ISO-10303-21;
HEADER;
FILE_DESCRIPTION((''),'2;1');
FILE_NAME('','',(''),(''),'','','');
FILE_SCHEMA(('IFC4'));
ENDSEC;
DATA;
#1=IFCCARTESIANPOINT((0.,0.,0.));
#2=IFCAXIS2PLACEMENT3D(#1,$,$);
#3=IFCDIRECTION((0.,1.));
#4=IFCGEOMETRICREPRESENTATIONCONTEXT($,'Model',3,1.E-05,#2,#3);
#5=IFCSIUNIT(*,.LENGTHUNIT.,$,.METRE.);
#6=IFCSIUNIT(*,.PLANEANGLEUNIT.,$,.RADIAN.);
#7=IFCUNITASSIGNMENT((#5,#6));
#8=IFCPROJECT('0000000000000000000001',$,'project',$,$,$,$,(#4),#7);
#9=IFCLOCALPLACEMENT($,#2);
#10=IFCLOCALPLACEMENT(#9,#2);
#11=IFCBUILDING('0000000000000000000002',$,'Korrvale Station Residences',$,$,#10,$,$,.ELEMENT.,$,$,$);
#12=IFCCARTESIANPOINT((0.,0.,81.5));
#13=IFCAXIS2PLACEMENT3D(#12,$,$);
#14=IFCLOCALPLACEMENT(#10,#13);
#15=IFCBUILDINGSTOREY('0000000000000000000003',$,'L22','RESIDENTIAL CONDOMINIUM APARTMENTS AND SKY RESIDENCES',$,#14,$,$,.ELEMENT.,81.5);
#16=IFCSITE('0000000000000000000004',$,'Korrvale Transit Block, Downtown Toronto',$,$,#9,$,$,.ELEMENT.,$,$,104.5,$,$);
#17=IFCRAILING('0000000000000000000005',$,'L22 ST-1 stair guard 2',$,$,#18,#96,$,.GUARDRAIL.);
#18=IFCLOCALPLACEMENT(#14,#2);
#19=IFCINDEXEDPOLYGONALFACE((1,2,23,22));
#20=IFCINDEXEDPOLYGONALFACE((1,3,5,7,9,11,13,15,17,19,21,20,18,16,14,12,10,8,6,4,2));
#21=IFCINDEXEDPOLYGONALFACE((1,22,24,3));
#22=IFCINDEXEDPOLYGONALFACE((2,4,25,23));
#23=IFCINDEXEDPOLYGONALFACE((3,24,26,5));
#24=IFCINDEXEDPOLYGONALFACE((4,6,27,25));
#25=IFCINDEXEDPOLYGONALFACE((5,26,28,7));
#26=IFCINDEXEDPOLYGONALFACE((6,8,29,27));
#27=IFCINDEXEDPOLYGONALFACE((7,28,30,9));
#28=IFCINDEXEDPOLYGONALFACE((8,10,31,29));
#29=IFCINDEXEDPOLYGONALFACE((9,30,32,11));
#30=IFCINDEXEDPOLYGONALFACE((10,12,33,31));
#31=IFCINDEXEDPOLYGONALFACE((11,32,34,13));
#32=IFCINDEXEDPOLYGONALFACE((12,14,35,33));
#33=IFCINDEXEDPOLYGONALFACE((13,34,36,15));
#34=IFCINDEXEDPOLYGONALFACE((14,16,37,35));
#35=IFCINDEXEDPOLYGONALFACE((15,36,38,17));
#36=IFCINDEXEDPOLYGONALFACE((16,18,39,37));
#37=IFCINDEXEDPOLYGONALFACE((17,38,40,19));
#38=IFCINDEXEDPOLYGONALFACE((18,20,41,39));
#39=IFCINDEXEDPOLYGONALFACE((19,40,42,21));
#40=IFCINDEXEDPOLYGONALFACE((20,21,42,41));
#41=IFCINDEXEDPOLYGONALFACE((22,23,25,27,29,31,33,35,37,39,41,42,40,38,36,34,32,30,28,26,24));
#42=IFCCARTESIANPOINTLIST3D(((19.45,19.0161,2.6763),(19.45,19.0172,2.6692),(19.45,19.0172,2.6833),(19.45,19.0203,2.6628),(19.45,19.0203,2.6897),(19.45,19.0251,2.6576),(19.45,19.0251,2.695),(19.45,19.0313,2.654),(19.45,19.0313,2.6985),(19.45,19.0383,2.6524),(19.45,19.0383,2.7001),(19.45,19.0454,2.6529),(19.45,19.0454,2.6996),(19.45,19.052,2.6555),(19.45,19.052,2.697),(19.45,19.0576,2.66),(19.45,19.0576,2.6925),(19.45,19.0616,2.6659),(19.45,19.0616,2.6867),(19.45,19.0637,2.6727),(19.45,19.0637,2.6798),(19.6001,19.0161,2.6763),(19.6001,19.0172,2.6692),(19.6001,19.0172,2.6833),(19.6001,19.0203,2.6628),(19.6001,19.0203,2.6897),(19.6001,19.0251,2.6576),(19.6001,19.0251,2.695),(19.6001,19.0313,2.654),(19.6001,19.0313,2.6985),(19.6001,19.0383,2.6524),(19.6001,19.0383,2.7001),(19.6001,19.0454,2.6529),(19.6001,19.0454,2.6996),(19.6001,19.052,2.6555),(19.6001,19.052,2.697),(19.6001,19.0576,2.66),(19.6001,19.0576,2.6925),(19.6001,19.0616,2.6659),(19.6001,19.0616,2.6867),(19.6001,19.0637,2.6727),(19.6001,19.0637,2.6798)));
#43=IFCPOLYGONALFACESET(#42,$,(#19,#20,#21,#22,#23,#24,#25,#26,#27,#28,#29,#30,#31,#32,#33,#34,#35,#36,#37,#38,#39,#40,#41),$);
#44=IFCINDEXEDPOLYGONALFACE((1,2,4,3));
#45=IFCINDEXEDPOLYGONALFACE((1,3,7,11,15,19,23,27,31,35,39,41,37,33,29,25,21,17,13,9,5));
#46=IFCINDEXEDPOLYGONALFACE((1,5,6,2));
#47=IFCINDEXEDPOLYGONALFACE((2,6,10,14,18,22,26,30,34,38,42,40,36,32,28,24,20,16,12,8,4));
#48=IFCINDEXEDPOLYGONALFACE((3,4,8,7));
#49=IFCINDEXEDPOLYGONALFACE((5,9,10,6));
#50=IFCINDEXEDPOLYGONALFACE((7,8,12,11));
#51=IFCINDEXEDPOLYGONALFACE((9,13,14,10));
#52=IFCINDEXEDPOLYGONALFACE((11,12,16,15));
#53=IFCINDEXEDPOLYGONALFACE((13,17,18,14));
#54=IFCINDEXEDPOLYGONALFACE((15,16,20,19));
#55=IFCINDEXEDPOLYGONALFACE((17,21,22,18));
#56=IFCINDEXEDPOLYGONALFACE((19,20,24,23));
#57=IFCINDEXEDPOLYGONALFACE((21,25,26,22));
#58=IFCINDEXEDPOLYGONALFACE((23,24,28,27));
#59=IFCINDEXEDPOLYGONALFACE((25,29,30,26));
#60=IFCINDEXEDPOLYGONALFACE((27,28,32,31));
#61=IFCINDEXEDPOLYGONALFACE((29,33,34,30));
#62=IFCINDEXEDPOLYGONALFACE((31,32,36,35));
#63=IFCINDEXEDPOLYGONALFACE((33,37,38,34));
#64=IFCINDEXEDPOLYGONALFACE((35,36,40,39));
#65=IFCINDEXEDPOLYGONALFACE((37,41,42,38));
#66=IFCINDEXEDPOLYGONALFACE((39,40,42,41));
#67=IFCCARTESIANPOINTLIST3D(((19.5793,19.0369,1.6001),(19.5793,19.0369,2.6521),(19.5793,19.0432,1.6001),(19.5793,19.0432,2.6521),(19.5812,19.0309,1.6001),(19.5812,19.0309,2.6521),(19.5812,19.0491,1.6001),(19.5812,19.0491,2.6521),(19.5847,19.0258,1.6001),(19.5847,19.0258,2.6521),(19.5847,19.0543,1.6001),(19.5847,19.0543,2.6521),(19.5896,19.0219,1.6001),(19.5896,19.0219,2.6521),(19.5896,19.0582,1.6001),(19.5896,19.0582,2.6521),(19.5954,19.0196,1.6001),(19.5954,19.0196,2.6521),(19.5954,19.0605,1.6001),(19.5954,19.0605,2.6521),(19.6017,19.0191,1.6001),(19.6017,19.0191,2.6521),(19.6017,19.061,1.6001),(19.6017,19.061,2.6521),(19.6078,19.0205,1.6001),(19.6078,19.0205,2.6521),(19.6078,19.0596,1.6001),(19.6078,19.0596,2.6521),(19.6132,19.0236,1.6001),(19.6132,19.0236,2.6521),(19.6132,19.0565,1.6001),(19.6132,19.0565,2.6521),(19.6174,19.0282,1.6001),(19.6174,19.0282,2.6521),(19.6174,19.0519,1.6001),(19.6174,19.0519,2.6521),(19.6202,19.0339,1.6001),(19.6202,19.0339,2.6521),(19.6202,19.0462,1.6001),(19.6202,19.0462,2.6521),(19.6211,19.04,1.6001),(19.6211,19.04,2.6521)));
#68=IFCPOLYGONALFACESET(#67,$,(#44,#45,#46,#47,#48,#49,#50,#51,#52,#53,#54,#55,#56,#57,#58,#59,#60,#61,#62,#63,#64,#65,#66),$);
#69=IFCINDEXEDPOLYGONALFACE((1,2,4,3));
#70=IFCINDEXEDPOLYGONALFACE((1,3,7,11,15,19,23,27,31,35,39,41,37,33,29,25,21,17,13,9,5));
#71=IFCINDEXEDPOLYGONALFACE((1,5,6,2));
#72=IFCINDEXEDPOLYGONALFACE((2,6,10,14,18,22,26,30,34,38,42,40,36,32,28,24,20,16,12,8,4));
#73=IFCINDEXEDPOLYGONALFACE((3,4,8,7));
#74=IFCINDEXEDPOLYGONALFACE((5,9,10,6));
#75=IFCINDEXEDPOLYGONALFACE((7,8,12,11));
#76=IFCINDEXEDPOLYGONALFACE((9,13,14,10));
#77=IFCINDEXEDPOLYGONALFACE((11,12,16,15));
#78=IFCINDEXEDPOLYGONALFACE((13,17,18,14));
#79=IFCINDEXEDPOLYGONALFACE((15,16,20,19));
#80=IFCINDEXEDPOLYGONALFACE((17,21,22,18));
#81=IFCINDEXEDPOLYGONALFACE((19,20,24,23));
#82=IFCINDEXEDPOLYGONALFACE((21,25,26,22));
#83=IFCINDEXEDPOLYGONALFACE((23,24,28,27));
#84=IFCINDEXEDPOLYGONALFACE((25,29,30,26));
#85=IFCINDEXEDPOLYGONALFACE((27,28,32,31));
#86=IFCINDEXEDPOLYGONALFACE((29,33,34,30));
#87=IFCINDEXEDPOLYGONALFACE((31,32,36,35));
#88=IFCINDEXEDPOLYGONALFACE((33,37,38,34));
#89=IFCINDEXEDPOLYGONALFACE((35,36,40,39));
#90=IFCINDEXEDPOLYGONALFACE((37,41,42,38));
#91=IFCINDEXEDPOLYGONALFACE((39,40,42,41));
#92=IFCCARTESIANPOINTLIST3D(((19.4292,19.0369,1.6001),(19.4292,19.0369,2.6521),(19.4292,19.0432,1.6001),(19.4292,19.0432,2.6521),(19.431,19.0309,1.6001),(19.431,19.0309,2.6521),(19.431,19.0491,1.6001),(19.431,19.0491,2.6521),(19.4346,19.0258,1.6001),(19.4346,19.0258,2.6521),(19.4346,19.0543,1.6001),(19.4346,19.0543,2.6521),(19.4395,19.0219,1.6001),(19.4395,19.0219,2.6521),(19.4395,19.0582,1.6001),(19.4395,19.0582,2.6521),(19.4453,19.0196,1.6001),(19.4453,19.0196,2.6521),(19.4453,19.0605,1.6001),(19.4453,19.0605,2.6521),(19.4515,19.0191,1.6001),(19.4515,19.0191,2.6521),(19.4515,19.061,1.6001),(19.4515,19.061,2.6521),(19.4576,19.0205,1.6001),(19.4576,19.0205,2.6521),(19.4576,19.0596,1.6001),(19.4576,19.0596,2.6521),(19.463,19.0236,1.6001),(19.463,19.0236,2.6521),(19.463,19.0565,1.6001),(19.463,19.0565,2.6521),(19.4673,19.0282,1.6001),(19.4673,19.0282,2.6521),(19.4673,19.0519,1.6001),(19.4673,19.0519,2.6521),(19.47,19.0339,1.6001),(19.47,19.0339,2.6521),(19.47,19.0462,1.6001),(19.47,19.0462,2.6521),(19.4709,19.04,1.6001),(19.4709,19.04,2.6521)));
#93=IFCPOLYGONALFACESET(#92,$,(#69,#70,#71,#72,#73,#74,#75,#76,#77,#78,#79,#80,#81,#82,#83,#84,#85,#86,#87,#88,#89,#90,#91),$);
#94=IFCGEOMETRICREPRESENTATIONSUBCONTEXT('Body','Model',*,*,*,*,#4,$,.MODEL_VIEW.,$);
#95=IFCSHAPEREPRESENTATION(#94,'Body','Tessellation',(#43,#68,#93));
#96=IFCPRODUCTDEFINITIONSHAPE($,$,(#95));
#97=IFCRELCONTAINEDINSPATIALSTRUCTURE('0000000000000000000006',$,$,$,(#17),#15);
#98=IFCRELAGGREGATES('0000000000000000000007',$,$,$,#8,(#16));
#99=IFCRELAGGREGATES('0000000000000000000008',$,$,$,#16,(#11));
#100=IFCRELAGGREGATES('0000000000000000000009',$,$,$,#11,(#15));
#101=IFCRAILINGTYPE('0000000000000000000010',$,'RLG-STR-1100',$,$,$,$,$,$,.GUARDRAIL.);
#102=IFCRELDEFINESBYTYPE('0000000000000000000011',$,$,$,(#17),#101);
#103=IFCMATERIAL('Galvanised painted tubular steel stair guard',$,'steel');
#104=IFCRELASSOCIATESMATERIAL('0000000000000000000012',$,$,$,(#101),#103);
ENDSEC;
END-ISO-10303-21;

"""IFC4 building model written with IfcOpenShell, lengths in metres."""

from ifc_helpers import new_model, si_unit, direction, frame, origin, origin_2d, place, context, subcontext, project, spatial, circle, extrude, material, type_object, element, save


model = new_model("IFC4")

# Units and contexts
model_context = context("Model", 3, precision=1e-05, world=origin(), true_north=direction((0.0, 1.0)))
body_context = subcontext(model_context, "Body", "Model", "MODEL_VIEW")
ifc_project = project(units=[si_unit("LENGTHUNIT", "METRE"), si_unit("PLANEANGLEUNIT", "RADIAN")], contexts=[model_context])

# Site, building, storey
site_placement = place(None, origin())
site = spatial("IfcSite", under=ifc_project, at=site_placement, Name="Korrvale Transit Block, Downtown Toronto", CompositionType="ELEMENT", RefElevation=104.5)
building_placement = place(site_placement, origin())
building = spatial("IfcBuilding", under=site, at=building_placement, Name="Korrvale Station Residences", CompositionType="ELEMENT")
storey_placement = place(building_placement, frame((0.0, 0.0, 81.5)))
storey = spatial("IfcBuildingStorey", under=building, at=storey_placement, Name="L22", Description="RESIDENTIAL CONDOMINIUM APARTMENTS AND SKY RESIDENCES", CompositionType="ELEMENT", Elevation=81.5)

# Railing
ifc_material_1 = material(Name="Galvanised painted tubular steel stair guard", Category="steel")
railing_type_1 = type_object("IfcRailingType", Name="RLG-STR-1100", PredefinedType="GUARDRAIL", material=ifc_material_1)
railing_1_placement = place(storey_placement, frame((19.6001, 19.04, 1.6001)))
element("IfcRailing", 1, at=railing_1_placement, inside=storey, type_object=railing_type_1, Name="L22 ST-1 stair guard 2", PredefinedType="GUARDRAIL", context=body_context, shape_type="SweptSolid", body=[
    extrude(circle(Radius=0.0239, at=origin_2d()), frame((0.0, 0.0, 1.0762), z_axis=(-1.0, 0.0, 0.0), x_axis=(0.0, -1.0, 0.0)), (0.0, 0.0, 1.0), 0.1501),
    extrude(circle(Radius=0.021, at=origin_2d()), origin(), (0.0, 0.0, 1.0), 1.052),
    extrude(circle(Radius=0.021, at=origin_2d()), frame((-0.1501, 0.0, 0.0)), (0.0, 0.0, 1.0), 1.052),
])

save(model, "model.ifc")
